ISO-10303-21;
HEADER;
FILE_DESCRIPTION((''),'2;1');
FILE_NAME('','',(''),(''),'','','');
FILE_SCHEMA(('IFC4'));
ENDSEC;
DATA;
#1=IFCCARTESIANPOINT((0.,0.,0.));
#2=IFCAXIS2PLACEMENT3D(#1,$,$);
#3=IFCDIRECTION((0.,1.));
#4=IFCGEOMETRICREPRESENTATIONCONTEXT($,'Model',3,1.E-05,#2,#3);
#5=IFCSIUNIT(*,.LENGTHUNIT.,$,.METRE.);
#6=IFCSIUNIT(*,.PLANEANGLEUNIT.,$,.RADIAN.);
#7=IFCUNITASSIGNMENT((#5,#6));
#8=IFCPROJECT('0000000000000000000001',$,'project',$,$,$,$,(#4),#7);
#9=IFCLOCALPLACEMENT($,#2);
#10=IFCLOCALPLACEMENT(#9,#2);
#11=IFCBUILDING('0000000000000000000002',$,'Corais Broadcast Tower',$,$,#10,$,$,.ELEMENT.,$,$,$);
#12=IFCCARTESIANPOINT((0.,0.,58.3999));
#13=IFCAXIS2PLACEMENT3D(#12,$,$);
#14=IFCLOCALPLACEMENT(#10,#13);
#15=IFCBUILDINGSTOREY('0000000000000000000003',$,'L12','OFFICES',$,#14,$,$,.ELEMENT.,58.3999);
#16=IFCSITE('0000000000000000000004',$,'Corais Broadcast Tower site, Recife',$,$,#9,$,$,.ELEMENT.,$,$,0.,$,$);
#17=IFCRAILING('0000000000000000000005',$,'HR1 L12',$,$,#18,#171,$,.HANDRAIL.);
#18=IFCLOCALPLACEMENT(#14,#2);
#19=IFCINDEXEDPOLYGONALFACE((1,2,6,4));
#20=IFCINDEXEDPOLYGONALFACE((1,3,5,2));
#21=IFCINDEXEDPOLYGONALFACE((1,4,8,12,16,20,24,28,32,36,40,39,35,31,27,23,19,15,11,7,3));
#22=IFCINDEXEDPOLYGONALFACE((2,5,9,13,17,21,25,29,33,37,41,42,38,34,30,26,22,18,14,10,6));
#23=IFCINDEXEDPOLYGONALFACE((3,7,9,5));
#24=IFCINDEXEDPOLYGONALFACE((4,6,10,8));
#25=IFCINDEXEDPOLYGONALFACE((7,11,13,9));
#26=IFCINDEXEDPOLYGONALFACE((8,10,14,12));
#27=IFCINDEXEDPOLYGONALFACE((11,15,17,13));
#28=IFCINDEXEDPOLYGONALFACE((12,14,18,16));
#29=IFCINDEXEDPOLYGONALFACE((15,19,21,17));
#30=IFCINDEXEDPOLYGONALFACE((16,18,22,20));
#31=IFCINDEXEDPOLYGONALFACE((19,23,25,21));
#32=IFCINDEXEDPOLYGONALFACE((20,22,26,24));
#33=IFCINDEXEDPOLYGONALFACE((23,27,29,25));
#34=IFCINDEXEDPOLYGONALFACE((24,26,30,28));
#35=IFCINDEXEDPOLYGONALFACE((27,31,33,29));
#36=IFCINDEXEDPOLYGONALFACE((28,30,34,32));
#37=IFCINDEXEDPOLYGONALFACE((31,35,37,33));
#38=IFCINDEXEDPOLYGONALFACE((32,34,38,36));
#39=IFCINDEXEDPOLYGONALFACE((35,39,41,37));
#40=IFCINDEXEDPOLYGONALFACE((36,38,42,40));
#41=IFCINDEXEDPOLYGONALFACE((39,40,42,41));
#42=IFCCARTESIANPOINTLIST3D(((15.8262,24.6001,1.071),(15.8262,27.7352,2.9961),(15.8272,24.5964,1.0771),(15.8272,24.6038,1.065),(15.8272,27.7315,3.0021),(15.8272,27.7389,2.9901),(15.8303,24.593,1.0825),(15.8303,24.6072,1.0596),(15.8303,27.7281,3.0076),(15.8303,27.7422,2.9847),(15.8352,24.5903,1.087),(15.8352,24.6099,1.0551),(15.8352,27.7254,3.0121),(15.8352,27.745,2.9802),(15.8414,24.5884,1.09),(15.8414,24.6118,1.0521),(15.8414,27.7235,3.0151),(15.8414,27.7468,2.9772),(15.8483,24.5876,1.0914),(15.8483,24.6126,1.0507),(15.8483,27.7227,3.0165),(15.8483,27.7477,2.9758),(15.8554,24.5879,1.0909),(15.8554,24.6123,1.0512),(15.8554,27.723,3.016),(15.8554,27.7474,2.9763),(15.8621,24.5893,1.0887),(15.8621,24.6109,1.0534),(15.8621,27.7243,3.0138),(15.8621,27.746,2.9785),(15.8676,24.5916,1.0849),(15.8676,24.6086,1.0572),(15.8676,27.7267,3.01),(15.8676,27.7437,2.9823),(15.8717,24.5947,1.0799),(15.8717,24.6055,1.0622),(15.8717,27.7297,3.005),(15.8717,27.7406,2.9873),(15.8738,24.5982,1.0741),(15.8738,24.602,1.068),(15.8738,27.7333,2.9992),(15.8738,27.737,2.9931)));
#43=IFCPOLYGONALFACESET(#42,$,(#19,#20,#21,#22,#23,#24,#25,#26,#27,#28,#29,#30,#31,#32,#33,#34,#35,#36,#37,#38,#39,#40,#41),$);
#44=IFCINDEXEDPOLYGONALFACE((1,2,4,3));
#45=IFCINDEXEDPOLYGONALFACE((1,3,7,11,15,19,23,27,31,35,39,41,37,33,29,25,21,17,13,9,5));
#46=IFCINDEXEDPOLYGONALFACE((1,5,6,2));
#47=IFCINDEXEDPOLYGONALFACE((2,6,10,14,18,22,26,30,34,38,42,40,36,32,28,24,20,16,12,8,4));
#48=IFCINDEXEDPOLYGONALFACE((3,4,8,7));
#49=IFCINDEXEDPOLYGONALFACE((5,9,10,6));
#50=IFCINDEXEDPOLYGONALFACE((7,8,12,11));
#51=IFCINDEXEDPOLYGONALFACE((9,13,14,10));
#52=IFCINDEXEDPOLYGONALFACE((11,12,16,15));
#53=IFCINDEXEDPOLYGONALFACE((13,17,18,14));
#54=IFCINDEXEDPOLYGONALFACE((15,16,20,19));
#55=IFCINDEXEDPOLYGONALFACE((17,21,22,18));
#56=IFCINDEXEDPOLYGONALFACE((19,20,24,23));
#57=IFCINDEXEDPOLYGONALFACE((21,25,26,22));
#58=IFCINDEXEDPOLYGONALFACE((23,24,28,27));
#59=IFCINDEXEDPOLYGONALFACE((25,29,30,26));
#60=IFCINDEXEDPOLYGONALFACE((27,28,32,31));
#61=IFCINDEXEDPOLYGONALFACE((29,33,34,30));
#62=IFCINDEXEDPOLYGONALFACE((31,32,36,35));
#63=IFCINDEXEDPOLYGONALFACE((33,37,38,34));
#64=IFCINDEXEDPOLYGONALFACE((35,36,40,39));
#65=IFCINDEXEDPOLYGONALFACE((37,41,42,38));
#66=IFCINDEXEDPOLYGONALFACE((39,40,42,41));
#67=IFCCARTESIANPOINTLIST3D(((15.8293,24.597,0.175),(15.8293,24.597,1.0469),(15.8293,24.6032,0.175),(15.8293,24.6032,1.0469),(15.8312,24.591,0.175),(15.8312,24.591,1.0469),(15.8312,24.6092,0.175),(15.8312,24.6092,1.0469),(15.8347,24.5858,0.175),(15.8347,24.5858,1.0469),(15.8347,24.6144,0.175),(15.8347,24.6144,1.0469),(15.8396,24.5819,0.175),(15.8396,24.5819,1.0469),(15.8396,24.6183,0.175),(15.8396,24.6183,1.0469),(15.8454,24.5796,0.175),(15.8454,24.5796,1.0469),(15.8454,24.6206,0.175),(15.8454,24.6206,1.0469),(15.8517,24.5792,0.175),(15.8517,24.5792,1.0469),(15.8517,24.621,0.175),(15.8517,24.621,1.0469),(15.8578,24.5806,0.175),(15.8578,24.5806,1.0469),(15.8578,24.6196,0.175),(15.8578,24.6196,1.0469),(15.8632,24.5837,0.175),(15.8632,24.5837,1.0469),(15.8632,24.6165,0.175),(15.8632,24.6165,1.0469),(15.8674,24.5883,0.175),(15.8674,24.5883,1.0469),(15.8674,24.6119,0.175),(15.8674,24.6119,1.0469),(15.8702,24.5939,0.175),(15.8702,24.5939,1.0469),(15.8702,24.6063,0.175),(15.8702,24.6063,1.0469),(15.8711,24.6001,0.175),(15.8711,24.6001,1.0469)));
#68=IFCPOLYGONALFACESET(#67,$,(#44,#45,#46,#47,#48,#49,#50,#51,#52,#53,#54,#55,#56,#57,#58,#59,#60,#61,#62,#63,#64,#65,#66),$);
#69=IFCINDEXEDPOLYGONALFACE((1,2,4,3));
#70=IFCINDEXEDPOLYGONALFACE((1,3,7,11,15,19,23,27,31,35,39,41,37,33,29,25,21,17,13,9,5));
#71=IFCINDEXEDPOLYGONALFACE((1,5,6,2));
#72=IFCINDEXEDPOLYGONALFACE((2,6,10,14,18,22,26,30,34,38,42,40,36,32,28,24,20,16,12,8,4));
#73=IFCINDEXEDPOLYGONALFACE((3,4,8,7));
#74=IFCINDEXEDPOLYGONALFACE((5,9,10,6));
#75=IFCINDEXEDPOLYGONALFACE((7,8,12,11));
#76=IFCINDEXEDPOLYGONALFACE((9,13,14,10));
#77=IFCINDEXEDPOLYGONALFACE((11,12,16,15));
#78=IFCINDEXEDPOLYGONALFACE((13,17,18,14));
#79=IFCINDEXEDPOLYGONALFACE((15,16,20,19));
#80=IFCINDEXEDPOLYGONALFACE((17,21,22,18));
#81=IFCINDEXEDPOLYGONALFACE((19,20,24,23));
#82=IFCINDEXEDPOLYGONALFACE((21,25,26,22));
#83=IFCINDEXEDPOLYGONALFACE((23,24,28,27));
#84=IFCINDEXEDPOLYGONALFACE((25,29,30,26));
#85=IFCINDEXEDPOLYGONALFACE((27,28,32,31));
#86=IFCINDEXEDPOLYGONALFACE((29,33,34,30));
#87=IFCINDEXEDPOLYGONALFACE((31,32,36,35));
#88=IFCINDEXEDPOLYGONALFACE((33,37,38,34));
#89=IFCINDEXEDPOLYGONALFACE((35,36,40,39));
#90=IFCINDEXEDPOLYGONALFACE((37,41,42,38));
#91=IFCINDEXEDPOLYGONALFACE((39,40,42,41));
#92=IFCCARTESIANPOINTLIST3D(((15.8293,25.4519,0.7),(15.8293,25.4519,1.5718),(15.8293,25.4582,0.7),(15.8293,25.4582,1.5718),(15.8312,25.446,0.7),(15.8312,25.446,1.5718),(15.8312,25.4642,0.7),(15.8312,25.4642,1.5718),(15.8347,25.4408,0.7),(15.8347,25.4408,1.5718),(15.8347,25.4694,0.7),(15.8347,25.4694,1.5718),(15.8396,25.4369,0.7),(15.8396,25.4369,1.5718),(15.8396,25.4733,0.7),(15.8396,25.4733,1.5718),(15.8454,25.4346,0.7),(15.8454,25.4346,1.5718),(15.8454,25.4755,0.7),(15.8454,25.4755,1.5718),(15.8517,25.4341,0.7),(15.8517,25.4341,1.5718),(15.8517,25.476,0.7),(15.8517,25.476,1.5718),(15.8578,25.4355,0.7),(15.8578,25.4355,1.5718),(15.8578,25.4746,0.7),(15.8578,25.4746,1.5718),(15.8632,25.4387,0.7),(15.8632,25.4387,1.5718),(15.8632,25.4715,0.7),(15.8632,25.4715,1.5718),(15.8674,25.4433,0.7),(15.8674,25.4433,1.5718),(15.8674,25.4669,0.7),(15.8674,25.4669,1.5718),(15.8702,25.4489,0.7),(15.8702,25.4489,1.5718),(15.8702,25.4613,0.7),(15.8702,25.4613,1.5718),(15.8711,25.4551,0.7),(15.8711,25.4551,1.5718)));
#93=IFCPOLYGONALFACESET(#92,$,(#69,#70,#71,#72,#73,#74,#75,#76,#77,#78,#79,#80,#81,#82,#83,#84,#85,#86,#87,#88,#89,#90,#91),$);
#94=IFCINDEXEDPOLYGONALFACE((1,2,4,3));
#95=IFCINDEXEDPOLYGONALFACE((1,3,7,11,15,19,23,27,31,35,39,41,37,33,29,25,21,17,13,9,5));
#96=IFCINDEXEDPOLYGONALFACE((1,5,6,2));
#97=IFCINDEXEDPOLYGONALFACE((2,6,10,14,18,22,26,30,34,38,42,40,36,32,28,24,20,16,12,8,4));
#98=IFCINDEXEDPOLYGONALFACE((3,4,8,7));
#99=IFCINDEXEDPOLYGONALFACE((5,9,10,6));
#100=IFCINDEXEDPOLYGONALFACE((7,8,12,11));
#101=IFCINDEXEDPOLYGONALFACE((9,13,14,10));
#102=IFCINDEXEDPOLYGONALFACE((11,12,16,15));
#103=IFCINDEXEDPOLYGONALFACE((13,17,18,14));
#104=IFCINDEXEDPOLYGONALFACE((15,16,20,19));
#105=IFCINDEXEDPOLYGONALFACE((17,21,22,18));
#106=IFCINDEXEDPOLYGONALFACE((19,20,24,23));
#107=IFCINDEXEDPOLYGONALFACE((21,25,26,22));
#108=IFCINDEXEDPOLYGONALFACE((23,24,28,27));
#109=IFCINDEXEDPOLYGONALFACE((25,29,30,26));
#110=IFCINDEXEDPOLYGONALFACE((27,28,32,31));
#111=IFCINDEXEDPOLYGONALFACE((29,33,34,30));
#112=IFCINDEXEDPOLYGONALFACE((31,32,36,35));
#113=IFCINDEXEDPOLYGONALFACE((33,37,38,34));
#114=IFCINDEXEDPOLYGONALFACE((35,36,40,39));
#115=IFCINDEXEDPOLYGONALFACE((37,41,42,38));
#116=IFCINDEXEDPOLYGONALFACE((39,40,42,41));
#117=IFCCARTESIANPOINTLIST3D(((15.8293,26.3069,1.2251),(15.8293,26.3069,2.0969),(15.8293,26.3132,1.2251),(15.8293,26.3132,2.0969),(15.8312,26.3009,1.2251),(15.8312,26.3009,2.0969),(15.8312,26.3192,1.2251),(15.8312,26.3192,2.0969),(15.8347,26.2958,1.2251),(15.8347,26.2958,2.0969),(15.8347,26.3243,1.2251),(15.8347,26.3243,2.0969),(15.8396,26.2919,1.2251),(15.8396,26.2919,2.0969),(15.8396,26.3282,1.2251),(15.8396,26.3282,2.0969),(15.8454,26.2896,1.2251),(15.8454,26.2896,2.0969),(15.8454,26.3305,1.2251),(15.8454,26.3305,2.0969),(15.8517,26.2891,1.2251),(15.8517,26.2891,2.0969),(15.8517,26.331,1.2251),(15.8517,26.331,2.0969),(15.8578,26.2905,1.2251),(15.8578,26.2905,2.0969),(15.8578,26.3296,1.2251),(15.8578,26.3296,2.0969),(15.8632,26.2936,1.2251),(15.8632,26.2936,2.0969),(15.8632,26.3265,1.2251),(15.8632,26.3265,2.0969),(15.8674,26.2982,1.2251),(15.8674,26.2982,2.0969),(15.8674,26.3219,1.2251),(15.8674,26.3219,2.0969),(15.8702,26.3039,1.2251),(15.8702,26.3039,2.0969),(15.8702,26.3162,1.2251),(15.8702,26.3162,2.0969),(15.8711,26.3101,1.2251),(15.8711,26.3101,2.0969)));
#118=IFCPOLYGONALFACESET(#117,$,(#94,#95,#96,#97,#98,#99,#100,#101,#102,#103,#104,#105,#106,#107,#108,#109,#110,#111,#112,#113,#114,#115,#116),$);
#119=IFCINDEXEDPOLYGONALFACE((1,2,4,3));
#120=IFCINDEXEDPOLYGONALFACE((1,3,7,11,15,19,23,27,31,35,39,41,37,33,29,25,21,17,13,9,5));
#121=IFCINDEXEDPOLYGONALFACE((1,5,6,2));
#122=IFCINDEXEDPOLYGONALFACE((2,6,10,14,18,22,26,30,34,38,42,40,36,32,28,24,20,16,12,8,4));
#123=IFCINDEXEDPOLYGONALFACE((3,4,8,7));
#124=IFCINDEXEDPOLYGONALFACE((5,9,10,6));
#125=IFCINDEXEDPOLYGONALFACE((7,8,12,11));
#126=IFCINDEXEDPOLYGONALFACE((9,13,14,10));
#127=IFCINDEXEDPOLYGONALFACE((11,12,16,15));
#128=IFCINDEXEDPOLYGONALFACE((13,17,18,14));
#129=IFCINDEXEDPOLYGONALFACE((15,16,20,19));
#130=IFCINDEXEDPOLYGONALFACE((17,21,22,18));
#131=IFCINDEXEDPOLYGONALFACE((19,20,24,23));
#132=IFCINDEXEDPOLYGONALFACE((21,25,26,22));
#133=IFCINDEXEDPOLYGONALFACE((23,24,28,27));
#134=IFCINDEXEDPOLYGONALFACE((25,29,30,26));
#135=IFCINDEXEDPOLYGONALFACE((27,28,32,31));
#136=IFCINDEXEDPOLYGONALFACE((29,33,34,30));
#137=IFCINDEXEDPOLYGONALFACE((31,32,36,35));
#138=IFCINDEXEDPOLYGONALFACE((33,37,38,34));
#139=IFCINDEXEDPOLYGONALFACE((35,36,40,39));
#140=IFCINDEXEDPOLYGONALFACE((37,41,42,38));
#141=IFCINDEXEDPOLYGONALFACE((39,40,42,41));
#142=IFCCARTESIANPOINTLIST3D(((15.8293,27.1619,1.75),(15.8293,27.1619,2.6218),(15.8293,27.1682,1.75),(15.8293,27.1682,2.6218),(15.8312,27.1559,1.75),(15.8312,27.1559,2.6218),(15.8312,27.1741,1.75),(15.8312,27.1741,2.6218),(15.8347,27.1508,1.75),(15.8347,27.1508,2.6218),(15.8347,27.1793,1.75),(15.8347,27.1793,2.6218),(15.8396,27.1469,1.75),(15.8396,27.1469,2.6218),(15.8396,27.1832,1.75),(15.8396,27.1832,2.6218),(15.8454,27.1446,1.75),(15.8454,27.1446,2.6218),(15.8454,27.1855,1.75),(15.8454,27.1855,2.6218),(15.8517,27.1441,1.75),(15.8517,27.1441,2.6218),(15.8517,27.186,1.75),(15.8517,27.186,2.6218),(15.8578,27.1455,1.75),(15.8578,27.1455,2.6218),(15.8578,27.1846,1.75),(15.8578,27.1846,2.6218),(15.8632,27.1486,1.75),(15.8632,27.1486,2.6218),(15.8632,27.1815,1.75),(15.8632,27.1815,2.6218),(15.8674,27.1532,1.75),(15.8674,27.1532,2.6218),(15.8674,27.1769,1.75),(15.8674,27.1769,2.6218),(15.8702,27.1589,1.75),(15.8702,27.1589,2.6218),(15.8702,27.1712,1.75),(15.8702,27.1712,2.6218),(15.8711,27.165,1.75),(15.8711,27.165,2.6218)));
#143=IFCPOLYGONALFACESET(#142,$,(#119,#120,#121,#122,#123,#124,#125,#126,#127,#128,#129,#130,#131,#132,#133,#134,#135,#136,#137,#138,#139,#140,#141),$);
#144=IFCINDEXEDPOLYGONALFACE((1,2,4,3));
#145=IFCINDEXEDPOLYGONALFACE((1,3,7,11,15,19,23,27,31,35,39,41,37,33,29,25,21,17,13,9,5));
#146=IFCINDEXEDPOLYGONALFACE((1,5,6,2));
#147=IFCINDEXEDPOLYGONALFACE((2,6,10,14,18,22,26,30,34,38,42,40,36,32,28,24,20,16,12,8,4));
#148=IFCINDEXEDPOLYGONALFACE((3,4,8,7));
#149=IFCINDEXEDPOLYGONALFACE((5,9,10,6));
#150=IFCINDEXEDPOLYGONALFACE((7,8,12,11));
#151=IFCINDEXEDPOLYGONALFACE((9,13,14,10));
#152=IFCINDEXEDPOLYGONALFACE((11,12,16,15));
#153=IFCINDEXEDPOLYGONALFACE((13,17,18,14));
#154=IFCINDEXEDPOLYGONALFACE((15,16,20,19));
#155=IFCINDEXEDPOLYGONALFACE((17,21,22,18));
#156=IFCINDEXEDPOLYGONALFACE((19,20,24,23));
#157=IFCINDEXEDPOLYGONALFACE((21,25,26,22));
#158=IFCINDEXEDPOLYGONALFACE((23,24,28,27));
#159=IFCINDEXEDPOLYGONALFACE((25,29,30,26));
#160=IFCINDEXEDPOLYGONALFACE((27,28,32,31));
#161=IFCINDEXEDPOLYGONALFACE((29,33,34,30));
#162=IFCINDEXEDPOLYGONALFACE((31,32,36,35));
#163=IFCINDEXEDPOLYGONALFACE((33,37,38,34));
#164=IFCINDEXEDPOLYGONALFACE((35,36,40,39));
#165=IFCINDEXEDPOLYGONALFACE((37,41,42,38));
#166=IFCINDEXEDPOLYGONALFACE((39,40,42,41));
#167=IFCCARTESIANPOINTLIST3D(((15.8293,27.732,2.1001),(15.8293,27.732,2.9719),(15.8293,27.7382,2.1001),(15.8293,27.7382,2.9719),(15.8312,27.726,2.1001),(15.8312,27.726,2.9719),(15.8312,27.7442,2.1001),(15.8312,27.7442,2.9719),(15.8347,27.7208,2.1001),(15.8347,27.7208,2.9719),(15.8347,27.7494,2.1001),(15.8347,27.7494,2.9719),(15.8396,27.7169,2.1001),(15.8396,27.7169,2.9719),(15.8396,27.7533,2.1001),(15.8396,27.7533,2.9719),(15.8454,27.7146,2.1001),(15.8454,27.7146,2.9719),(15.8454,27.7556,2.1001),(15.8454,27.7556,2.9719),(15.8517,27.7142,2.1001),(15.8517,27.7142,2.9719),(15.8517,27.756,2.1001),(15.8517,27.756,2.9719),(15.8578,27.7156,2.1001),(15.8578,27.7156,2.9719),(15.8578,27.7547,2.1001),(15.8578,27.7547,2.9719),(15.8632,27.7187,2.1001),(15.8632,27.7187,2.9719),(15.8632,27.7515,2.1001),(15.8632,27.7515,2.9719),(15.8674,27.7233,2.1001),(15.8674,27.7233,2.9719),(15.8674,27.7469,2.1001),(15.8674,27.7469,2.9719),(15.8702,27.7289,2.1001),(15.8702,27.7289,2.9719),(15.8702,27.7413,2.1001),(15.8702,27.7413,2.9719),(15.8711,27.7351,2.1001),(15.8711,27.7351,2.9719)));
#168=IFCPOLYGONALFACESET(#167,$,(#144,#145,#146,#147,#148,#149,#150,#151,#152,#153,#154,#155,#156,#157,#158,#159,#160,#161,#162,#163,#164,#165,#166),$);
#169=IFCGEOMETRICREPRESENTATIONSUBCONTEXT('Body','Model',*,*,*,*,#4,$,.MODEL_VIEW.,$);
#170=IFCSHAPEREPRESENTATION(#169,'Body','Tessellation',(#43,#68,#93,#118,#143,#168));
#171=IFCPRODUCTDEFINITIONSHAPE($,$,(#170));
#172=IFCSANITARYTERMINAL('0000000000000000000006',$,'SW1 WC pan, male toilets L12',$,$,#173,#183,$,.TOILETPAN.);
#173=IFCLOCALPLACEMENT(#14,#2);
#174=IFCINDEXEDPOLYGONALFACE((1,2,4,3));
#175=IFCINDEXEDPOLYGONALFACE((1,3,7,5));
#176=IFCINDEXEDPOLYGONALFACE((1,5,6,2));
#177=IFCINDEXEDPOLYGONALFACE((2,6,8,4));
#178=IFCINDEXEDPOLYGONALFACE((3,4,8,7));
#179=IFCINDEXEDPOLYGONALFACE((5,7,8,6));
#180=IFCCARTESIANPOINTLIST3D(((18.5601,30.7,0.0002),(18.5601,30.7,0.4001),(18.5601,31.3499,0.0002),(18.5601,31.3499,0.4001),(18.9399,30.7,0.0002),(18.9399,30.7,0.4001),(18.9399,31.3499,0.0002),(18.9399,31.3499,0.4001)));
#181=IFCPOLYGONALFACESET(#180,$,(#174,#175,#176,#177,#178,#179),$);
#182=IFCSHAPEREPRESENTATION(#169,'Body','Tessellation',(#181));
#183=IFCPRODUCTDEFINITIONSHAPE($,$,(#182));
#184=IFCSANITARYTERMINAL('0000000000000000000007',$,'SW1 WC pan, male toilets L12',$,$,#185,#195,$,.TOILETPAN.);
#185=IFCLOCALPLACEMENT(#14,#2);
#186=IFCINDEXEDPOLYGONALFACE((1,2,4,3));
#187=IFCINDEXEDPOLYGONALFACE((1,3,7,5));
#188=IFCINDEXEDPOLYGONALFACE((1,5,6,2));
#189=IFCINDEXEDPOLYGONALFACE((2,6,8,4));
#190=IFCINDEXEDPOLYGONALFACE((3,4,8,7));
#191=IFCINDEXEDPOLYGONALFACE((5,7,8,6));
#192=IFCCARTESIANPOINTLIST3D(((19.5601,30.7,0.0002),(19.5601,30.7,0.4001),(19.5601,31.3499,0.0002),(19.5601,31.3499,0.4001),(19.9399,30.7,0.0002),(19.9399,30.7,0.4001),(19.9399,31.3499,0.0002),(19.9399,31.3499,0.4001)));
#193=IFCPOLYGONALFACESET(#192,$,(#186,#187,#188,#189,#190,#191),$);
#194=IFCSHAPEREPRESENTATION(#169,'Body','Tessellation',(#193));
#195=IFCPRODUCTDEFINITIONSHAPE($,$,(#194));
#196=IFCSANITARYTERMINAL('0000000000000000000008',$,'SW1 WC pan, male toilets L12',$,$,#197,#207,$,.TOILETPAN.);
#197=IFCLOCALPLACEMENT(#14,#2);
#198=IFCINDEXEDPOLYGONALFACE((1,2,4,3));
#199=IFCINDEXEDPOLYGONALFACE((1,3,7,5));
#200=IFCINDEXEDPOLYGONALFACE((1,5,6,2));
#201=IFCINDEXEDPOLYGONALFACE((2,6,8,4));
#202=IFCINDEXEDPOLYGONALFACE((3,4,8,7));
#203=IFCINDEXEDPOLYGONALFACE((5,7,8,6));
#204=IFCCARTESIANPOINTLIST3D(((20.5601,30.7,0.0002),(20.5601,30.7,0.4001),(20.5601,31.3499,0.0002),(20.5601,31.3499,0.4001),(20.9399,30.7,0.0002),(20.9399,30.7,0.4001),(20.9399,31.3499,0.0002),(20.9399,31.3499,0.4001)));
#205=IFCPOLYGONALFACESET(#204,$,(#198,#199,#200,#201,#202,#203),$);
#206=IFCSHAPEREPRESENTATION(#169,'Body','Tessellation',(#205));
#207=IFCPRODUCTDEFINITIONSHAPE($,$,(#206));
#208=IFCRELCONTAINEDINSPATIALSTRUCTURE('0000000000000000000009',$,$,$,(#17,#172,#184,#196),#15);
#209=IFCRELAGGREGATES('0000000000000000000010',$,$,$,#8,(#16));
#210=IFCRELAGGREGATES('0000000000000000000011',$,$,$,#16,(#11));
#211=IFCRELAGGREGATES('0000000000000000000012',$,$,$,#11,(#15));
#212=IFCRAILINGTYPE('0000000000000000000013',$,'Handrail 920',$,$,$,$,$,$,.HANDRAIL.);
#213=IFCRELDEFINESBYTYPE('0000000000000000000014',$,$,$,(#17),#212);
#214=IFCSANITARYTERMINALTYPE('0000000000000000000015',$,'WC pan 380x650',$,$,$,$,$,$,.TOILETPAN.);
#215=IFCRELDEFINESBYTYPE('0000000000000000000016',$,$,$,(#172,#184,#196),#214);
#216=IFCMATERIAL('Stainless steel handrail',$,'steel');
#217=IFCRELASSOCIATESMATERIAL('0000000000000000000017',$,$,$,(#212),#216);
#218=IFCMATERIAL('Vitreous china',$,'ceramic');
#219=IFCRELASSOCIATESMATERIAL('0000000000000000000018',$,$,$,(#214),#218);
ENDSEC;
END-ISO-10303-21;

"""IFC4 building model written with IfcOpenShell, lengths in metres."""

from ifc_helpers import new_model, si_unit, direction, frame, origin, origin_2d, place, context, subcontext, project, spatial, rectangle, circle, extrude, material, type_object, element, save


model = new_model("IFC4")

# Units and contexts
model_context = context("Model", 3, precision=1e-05, world=origin(), true_north=direction((0.0, 1.0)))
body_context = subcontext(model_context, "Body", "Model", "MODEL_VIEW")
ifc_project = project(units=[si_unit("LENGTHUNIT", "METRE"), si_unit("PLANEANGLEUNIT", "RADIAN")], contexts=[model_context])

# Site, building, storey
site_placement = place(None, origin())
site = spatial("IfcSite", under=ifc_project, at=site_placement, Name="Corais Broadcast Tower site, Recife", CompositionType="ELEMENT", RefElevation=0.0)
building_placement = place(site_placement, origin())
building = spatial("IfcBuilding", under=site, at=building_placement, Name="Corais Broadcast Tower", CompositionType="ELEMENT")
storey_placement = place(building_placement, frame((0.0, 0.0, 58.3999)))
storey = spatial("IfcBuildingStorey", under=building, at=storey_placement, Name="L12", Description="OFFICES", CompositionType="ELEMENT", Elevation=58.3999)

# Railing
ifc_material_1 = material(Name="Stainless steel handrail", Category="steel")
railing_type = type_object("IfcRailingType", Name="Handrail 920", PredefinedType="HANDRAIL", material=ifc_material_1)
for number, where, name in (
    (1, (15.8501, 24.6001, 0.175), "HR1 L12"),
):
    element("IfcRailing", number, at=place(storey_placement, frame(where)), inside=storey, type_object=railing_type, Name=name, PredefinedType="HANDRAIL", context=body_context, shape_type="SweptSolid", body=[
        extrude(circle(Radius=0.0239, at=origin_2d()), frame((0.0, 0.0, 0.896), z_axis=(0.0, 0.852166, 0.523271), x_axis=(-1.0, 0.0, 0.0)), (0.0, 0.0, 1.0), 3.679),
        extrude(circle(Radius=0.021, at=origin_2d()), origin(), (0.0, 0.0, 1.0), 0.8718),
        extrude(circle(Radius=0.021, at=origin_2d()), frame((0.0, 0.855, 0.5249)), (0.0, 0.0, 1.0), 0.8718),
        extrude(circle(Radius=0.021, at=origin_2d()), frame((0.0, 1.71, 1.05)), (0.0, 0.0, 1.0), 0.8718),
        extrude(circle(Radius=0.021, at=origin_2d()), frame((0.0, 2.5649, 1.575)), (0.0, 0.0, 1.0), 0.8718),
        extrude(circle(Radius=0.021, at=origin_2d()), frame((0.0, 3.135, 1.925)), (0.0, 0.0, 1.0), 0.8718),
    ])

# Sanitary terminals
ifc_material_2 = material(Name="Vitreous china", Category="ceramic")
sanitary_terminal_type_1 = type_object("IfcSanitaryTerminalType", Name="WC pan 380x650", PredefinedType="TOILETPAN", material=ifc_material_2)
for number, where, z_axis, x_axis, name in (
    (2, (18.75, 31.0249, 0.0002), (0.0, 0.0, 1.0), (1.0, 0.0, 0.0), "SW1 WC pan, male toilets L12"),
    (3, (19.75, 31.0249, 0.0002), (0.0, 0.0, 1.0), (1.0, 0.0, 0.0), "SW1 WC pan, male toilets L12"),
    (4, (20.75, 31.0249, 0.0002), (0.0, 0.0, 1.0), (1.0, 0.0, 0.0), "SW1 WC pan, male toilets L12"),
):
    element("IfcSanitaryTerminal", number, at=place(storey_placement, frame(where, z_axis=z_axis, x_axis=x_axis)), inside=storey, type_object=sanitary_terminal_type_1, Name=name, PredefinedType="TOILETPAN", context=body_context, shape_type="SweptSolid", body=[
        extrude(rectangle(XDim=0.3799, YDim=0.6499, at=origin_2d()), origin(), (0.0, 0.0, 1.0), 0.3999),
    ])

save(model, "model.ifc")
